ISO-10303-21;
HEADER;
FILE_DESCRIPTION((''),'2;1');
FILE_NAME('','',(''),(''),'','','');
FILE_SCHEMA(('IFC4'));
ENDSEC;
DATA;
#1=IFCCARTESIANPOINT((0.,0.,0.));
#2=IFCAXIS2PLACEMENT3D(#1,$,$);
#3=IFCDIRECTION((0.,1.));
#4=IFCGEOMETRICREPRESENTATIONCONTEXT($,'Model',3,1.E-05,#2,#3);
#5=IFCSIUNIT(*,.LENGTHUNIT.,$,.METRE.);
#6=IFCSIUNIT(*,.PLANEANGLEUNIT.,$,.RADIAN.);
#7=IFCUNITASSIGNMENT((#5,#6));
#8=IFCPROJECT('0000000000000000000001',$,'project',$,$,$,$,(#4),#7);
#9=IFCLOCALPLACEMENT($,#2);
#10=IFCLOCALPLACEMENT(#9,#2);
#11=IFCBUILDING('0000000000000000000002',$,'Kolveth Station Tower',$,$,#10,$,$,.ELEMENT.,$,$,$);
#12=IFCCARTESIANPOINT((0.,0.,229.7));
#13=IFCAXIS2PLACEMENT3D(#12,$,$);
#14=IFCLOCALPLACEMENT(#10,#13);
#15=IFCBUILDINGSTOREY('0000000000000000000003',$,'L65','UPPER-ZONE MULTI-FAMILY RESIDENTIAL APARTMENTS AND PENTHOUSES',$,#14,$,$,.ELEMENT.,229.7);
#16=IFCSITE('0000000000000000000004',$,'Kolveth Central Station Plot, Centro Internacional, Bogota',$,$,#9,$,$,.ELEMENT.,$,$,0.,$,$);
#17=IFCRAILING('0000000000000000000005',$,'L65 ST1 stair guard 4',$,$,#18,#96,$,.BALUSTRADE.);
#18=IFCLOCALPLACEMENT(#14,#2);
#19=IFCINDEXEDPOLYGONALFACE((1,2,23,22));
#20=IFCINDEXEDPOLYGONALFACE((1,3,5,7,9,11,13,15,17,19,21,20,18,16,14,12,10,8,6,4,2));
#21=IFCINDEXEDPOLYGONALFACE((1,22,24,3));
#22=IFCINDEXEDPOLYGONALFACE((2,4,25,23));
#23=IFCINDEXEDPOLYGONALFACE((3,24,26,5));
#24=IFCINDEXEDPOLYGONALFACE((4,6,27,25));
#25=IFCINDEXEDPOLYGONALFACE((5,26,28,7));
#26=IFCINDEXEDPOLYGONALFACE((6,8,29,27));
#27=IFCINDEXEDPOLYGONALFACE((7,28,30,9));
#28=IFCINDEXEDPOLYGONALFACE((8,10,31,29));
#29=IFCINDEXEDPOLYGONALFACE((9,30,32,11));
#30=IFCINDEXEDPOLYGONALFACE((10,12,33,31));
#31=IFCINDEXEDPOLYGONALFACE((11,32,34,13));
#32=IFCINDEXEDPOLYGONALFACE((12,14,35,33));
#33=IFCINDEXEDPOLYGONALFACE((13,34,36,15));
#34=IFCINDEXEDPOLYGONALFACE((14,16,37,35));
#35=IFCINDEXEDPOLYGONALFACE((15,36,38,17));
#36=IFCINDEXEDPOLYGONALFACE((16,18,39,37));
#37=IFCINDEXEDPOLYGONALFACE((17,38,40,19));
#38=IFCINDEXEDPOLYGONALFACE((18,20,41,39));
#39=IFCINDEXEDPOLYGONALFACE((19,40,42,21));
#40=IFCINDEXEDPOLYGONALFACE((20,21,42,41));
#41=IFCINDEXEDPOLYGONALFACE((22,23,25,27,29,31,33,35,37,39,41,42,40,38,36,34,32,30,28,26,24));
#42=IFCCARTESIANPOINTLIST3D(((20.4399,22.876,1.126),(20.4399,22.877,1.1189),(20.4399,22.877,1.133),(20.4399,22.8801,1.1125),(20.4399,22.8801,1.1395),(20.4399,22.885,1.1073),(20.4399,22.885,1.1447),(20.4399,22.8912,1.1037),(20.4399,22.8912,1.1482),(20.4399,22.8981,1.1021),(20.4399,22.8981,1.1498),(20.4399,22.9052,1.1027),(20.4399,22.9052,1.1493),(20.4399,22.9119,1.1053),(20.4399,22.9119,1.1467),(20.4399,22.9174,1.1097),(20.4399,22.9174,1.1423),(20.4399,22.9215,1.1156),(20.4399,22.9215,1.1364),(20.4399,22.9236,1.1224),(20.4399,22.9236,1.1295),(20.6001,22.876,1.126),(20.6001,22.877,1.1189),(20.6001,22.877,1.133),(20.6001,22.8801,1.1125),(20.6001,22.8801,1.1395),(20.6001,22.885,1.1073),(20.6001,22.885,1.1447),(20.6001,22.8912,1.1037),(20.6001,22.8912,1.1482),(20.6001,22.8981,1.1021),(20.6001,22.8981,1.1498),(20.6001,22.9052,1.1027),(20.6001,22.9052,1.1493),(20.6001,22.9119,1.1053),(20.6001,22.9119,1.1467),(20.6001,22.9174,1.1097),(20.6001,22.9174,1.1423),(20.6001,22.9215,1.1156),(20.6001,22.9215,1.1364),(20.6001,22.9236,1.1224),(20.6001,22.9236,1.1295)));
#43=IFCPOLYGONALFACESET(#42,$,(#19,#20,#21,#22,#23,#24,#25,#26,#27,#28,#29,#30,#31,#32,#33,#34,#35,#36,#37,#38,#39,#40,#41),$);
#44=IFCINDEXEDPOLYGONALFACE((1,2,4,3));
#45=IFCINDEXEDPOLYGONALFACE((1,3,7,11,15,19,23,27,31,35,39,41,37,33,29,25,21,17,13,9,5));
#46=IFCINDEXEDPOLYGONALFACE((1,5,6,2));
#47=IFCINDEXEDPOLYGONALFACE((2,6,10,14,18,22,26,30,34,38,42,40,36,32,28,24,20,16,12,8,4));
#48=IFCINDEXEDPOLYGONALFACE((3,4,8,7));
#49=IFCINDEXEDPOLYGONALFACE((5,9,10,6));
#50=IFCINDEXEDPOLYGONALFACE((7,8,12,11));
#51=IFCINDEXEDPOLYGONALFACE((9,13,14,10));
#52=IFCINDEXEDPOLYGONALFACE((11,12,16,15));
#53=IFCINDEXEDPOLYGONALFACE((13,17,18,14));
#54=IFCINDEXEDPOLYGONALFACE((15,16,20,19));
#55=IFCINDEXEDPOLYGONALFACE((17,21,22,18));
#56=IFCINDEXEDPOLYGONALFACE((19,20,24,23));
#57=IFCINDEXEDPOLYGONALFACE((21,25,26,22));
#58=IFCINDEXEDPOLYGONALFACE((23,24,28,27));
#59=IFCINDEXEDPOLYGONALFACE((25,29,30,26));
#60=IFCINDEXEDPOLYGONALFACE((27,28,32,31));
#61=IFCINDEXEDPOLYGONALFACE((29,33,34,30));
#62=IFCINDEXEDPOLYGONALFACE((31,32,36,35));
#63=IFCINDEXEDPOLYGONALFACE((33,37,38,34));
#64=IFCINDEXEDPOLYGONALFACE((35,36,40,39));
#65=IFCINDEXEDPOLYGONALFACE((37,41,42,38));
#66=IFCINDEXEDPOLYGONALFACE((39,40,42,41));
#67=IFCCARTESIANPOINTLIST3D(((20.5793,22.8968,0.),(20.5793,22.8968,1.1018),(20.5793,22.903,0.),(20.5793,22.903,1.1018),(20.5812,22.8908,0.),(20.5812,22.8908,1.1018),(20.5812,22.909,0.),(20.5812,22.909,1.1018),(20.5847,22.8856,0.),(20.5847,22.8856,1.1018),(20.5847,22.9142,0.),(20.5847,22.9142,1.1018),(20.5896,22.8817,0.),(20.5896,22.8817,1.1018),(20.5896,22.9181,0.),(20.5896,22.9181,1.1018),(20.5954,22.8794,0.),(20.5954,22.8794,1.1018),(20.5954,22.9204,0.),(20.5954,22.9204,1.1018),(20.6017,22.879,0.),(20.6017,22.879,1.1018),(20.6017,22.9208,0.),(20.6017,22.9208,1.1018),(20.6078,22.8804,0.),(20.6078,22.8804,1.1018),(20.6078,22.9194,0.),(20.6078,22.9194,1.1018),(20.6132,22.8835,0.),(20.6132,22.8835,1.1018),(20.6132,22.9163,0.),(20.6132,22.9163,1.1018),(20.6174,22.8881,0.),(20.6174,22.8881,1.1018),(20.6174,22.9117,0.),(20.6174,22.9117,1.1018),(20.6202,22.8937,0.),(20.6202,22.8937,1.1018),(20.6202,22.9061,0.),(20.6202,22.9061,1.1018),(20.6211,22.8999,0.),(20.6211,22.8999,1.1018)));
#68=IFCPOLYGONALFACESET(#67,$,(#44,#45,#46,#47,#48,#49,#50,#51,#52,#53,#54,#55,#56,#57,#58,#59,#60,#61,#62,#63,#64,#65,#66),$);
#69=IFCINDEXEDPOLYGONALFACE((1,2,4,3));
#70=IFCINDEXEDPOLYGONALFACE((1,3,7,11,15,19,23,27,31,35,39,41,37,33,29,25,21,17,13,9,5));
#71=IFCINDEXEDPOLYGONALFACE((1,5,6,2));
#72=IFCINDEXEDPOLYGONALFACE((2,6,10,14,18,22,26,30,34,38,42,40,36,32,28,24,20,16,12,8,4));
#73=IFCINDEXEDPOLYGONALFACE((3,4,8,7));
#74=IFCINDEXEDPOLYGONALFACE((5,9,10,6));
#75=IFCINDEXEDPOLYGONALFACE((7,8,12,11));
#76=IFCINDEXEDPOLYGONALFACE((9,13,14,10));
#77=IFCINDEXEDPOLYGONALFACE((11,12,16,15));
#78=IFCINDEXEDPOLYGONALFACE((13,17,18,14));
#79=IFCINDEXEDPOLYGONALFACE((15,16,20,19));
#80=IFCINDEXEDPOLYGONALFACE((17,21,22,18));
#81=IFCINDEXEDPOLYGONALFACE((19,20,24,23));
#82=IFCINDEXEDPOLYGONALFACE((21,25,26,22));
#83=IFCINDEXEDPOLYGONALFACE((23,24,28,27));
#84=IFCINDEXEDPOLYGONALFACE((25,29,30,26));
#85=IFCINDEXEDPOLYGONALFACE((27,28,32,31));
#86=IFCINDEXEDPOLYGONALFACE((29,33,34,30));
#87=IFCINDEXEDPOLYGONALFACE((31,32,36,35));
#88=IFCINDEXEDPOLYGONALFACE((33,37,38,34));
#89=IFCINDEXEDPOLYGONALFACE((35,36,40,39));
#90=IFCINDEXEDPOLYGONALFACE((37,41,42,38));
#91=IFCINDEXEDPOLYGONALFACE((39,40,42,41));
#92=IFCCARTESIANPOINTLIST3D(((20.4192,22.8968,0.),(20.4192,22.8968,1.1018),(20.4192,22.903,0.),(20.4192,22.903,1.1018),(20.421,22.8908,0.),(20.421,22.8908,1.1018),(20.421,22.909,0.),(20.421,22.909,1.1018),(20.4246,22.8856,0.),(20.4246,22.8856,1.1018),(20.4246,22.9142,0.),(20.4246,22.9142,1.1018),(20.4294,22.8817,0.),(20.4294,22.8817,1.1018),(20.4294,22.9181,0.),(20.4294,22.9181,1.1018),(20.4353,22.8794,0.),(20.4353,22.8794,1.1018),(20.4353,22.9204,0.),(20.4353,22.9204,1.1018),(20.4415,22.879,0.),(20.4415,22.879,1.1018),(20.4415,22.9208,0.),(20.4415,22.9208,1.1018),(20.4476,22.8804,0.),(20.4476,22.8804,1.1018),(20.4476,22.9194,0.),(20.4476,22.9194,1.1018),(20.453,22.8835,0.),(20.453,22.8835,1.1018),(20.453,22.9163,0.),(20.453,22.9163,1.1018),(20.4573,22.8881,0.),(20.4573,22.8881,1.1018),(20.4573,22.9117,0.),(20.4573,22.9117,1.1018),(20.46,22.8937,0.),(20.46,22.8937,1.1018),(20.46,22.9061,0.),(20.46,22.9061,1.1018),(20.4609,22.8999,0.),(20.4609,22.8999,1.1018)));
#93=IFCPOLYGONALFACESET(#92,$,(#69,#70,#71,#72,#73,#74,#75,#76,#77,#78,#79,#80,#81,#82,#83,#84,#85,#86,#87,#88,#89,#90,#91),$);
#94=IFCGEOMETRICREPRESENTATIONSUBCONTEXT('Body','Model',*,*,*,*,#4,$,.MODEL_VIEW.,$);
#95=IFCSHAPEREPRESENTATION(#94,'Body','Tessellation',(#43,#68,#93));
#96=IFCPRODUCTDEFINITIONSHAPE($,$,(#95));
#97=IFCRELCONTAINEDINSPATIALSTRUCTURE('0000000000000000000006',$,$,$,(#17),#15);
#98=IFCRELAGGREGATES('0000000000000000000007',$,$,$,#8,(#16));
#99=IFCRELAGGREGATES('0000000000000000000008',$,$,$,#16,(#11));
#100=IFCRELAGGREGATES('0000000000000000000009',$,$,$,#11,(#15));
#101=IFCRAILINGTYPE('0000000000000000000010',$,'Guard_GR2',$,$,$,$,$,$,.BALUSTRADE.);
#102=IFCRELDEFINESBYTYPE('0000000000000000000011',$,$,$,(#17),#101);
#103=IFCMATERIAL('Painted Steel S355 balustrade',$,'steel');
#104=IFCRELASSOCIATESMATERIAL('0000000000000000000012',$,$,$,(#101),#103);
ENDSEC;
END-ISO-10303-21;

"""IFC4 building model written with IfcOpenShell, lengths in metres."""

from ifc_helpers import new_model, si_unit, direction, frame, origin, origin_2d, place, context, subcontext, project, spatial, circle, extrude, material, type_object, element, save


model = new_model("IFC4")

# Units and contexts
model_context = context("Model", 3, precision=1e-05, world=origin(), true_north=direction((0.0, 1.0)))
body_context = subcontext(model_context, "Body", "Model", "MODEL_VIEW")
ifc_project = project(units=[si_unit("LENGTHUNIT", "METRE"), si_unit("PLANEANGLEUNIT", "RADIAN")], contexts=[model_context])

# Site, building, storey
site_placement = place(None, origin())
site = spatial("IfcSite", under=ifc_project, at=site_placement, Name="Kolveth Central Station Plot, Centro Internacional, Bogota", CompositionType="ELEMENT", RefElevation=0.0)
building_placement = place(site_placement, origin())
building = spatial("IfcBuilding", under=site, at=building_placement, Name="Kolveth Station Tower", CompositionType="ELEMENT")
storey_placement = place(building_placement, frame((0.0, 0.0, 229.7)))
storey = spatial("IfcBuildingStorey", under=building, at=storey_placement, Name="L65", Description="UPPER-ZONE MULTI-FAMILY RESIDENTIAL APARTMENTS AND PENTHOUSES", CompositionType="ELEMENT", Elevation=229.7)

# Railing
ifc_material_1 = material(Name="Painted Steel S355 balustrade", Category="steel")
railing_type_1 = type_object("IfcRailingType", Name="Guard_GR2", PredefinedType="BALUSTRADE", material=ifc_material_1)
railing_1_placement = place(storey_placement, frame((20.6001, 22.8999, 0.0)))
element("IfcRailing", 1, at=railing_1_placement, inside=storey, type_object=railing_type_1, Name="L65 ST1 stair guard 4", PredefinedType="BALUSTRADE", context=body_context, shape_type="SweptSolid", body=[
    extrude(circle(Radius=0.0239, at=origin_2d()), frame((0.0, 0.0, 1.126), z_axis=(-1.0, 0.0, 0.0), x_axis=(0.0, -1.0, 0.0)), (0.0, 0.0, 1.0), 0.1602),
    extrude(circle(Radius=0.021, at=origin_2d()), origin(), (0.0, 0.0, 1.0), 1.1018),
    extrude(circle(Radius=0.021, at=origin_2d()), frame((-0.1602, 0.0, 0.0)), (0.0, 0.0, 1.0), 1.1018),
])

save(model, "model.ifc")
